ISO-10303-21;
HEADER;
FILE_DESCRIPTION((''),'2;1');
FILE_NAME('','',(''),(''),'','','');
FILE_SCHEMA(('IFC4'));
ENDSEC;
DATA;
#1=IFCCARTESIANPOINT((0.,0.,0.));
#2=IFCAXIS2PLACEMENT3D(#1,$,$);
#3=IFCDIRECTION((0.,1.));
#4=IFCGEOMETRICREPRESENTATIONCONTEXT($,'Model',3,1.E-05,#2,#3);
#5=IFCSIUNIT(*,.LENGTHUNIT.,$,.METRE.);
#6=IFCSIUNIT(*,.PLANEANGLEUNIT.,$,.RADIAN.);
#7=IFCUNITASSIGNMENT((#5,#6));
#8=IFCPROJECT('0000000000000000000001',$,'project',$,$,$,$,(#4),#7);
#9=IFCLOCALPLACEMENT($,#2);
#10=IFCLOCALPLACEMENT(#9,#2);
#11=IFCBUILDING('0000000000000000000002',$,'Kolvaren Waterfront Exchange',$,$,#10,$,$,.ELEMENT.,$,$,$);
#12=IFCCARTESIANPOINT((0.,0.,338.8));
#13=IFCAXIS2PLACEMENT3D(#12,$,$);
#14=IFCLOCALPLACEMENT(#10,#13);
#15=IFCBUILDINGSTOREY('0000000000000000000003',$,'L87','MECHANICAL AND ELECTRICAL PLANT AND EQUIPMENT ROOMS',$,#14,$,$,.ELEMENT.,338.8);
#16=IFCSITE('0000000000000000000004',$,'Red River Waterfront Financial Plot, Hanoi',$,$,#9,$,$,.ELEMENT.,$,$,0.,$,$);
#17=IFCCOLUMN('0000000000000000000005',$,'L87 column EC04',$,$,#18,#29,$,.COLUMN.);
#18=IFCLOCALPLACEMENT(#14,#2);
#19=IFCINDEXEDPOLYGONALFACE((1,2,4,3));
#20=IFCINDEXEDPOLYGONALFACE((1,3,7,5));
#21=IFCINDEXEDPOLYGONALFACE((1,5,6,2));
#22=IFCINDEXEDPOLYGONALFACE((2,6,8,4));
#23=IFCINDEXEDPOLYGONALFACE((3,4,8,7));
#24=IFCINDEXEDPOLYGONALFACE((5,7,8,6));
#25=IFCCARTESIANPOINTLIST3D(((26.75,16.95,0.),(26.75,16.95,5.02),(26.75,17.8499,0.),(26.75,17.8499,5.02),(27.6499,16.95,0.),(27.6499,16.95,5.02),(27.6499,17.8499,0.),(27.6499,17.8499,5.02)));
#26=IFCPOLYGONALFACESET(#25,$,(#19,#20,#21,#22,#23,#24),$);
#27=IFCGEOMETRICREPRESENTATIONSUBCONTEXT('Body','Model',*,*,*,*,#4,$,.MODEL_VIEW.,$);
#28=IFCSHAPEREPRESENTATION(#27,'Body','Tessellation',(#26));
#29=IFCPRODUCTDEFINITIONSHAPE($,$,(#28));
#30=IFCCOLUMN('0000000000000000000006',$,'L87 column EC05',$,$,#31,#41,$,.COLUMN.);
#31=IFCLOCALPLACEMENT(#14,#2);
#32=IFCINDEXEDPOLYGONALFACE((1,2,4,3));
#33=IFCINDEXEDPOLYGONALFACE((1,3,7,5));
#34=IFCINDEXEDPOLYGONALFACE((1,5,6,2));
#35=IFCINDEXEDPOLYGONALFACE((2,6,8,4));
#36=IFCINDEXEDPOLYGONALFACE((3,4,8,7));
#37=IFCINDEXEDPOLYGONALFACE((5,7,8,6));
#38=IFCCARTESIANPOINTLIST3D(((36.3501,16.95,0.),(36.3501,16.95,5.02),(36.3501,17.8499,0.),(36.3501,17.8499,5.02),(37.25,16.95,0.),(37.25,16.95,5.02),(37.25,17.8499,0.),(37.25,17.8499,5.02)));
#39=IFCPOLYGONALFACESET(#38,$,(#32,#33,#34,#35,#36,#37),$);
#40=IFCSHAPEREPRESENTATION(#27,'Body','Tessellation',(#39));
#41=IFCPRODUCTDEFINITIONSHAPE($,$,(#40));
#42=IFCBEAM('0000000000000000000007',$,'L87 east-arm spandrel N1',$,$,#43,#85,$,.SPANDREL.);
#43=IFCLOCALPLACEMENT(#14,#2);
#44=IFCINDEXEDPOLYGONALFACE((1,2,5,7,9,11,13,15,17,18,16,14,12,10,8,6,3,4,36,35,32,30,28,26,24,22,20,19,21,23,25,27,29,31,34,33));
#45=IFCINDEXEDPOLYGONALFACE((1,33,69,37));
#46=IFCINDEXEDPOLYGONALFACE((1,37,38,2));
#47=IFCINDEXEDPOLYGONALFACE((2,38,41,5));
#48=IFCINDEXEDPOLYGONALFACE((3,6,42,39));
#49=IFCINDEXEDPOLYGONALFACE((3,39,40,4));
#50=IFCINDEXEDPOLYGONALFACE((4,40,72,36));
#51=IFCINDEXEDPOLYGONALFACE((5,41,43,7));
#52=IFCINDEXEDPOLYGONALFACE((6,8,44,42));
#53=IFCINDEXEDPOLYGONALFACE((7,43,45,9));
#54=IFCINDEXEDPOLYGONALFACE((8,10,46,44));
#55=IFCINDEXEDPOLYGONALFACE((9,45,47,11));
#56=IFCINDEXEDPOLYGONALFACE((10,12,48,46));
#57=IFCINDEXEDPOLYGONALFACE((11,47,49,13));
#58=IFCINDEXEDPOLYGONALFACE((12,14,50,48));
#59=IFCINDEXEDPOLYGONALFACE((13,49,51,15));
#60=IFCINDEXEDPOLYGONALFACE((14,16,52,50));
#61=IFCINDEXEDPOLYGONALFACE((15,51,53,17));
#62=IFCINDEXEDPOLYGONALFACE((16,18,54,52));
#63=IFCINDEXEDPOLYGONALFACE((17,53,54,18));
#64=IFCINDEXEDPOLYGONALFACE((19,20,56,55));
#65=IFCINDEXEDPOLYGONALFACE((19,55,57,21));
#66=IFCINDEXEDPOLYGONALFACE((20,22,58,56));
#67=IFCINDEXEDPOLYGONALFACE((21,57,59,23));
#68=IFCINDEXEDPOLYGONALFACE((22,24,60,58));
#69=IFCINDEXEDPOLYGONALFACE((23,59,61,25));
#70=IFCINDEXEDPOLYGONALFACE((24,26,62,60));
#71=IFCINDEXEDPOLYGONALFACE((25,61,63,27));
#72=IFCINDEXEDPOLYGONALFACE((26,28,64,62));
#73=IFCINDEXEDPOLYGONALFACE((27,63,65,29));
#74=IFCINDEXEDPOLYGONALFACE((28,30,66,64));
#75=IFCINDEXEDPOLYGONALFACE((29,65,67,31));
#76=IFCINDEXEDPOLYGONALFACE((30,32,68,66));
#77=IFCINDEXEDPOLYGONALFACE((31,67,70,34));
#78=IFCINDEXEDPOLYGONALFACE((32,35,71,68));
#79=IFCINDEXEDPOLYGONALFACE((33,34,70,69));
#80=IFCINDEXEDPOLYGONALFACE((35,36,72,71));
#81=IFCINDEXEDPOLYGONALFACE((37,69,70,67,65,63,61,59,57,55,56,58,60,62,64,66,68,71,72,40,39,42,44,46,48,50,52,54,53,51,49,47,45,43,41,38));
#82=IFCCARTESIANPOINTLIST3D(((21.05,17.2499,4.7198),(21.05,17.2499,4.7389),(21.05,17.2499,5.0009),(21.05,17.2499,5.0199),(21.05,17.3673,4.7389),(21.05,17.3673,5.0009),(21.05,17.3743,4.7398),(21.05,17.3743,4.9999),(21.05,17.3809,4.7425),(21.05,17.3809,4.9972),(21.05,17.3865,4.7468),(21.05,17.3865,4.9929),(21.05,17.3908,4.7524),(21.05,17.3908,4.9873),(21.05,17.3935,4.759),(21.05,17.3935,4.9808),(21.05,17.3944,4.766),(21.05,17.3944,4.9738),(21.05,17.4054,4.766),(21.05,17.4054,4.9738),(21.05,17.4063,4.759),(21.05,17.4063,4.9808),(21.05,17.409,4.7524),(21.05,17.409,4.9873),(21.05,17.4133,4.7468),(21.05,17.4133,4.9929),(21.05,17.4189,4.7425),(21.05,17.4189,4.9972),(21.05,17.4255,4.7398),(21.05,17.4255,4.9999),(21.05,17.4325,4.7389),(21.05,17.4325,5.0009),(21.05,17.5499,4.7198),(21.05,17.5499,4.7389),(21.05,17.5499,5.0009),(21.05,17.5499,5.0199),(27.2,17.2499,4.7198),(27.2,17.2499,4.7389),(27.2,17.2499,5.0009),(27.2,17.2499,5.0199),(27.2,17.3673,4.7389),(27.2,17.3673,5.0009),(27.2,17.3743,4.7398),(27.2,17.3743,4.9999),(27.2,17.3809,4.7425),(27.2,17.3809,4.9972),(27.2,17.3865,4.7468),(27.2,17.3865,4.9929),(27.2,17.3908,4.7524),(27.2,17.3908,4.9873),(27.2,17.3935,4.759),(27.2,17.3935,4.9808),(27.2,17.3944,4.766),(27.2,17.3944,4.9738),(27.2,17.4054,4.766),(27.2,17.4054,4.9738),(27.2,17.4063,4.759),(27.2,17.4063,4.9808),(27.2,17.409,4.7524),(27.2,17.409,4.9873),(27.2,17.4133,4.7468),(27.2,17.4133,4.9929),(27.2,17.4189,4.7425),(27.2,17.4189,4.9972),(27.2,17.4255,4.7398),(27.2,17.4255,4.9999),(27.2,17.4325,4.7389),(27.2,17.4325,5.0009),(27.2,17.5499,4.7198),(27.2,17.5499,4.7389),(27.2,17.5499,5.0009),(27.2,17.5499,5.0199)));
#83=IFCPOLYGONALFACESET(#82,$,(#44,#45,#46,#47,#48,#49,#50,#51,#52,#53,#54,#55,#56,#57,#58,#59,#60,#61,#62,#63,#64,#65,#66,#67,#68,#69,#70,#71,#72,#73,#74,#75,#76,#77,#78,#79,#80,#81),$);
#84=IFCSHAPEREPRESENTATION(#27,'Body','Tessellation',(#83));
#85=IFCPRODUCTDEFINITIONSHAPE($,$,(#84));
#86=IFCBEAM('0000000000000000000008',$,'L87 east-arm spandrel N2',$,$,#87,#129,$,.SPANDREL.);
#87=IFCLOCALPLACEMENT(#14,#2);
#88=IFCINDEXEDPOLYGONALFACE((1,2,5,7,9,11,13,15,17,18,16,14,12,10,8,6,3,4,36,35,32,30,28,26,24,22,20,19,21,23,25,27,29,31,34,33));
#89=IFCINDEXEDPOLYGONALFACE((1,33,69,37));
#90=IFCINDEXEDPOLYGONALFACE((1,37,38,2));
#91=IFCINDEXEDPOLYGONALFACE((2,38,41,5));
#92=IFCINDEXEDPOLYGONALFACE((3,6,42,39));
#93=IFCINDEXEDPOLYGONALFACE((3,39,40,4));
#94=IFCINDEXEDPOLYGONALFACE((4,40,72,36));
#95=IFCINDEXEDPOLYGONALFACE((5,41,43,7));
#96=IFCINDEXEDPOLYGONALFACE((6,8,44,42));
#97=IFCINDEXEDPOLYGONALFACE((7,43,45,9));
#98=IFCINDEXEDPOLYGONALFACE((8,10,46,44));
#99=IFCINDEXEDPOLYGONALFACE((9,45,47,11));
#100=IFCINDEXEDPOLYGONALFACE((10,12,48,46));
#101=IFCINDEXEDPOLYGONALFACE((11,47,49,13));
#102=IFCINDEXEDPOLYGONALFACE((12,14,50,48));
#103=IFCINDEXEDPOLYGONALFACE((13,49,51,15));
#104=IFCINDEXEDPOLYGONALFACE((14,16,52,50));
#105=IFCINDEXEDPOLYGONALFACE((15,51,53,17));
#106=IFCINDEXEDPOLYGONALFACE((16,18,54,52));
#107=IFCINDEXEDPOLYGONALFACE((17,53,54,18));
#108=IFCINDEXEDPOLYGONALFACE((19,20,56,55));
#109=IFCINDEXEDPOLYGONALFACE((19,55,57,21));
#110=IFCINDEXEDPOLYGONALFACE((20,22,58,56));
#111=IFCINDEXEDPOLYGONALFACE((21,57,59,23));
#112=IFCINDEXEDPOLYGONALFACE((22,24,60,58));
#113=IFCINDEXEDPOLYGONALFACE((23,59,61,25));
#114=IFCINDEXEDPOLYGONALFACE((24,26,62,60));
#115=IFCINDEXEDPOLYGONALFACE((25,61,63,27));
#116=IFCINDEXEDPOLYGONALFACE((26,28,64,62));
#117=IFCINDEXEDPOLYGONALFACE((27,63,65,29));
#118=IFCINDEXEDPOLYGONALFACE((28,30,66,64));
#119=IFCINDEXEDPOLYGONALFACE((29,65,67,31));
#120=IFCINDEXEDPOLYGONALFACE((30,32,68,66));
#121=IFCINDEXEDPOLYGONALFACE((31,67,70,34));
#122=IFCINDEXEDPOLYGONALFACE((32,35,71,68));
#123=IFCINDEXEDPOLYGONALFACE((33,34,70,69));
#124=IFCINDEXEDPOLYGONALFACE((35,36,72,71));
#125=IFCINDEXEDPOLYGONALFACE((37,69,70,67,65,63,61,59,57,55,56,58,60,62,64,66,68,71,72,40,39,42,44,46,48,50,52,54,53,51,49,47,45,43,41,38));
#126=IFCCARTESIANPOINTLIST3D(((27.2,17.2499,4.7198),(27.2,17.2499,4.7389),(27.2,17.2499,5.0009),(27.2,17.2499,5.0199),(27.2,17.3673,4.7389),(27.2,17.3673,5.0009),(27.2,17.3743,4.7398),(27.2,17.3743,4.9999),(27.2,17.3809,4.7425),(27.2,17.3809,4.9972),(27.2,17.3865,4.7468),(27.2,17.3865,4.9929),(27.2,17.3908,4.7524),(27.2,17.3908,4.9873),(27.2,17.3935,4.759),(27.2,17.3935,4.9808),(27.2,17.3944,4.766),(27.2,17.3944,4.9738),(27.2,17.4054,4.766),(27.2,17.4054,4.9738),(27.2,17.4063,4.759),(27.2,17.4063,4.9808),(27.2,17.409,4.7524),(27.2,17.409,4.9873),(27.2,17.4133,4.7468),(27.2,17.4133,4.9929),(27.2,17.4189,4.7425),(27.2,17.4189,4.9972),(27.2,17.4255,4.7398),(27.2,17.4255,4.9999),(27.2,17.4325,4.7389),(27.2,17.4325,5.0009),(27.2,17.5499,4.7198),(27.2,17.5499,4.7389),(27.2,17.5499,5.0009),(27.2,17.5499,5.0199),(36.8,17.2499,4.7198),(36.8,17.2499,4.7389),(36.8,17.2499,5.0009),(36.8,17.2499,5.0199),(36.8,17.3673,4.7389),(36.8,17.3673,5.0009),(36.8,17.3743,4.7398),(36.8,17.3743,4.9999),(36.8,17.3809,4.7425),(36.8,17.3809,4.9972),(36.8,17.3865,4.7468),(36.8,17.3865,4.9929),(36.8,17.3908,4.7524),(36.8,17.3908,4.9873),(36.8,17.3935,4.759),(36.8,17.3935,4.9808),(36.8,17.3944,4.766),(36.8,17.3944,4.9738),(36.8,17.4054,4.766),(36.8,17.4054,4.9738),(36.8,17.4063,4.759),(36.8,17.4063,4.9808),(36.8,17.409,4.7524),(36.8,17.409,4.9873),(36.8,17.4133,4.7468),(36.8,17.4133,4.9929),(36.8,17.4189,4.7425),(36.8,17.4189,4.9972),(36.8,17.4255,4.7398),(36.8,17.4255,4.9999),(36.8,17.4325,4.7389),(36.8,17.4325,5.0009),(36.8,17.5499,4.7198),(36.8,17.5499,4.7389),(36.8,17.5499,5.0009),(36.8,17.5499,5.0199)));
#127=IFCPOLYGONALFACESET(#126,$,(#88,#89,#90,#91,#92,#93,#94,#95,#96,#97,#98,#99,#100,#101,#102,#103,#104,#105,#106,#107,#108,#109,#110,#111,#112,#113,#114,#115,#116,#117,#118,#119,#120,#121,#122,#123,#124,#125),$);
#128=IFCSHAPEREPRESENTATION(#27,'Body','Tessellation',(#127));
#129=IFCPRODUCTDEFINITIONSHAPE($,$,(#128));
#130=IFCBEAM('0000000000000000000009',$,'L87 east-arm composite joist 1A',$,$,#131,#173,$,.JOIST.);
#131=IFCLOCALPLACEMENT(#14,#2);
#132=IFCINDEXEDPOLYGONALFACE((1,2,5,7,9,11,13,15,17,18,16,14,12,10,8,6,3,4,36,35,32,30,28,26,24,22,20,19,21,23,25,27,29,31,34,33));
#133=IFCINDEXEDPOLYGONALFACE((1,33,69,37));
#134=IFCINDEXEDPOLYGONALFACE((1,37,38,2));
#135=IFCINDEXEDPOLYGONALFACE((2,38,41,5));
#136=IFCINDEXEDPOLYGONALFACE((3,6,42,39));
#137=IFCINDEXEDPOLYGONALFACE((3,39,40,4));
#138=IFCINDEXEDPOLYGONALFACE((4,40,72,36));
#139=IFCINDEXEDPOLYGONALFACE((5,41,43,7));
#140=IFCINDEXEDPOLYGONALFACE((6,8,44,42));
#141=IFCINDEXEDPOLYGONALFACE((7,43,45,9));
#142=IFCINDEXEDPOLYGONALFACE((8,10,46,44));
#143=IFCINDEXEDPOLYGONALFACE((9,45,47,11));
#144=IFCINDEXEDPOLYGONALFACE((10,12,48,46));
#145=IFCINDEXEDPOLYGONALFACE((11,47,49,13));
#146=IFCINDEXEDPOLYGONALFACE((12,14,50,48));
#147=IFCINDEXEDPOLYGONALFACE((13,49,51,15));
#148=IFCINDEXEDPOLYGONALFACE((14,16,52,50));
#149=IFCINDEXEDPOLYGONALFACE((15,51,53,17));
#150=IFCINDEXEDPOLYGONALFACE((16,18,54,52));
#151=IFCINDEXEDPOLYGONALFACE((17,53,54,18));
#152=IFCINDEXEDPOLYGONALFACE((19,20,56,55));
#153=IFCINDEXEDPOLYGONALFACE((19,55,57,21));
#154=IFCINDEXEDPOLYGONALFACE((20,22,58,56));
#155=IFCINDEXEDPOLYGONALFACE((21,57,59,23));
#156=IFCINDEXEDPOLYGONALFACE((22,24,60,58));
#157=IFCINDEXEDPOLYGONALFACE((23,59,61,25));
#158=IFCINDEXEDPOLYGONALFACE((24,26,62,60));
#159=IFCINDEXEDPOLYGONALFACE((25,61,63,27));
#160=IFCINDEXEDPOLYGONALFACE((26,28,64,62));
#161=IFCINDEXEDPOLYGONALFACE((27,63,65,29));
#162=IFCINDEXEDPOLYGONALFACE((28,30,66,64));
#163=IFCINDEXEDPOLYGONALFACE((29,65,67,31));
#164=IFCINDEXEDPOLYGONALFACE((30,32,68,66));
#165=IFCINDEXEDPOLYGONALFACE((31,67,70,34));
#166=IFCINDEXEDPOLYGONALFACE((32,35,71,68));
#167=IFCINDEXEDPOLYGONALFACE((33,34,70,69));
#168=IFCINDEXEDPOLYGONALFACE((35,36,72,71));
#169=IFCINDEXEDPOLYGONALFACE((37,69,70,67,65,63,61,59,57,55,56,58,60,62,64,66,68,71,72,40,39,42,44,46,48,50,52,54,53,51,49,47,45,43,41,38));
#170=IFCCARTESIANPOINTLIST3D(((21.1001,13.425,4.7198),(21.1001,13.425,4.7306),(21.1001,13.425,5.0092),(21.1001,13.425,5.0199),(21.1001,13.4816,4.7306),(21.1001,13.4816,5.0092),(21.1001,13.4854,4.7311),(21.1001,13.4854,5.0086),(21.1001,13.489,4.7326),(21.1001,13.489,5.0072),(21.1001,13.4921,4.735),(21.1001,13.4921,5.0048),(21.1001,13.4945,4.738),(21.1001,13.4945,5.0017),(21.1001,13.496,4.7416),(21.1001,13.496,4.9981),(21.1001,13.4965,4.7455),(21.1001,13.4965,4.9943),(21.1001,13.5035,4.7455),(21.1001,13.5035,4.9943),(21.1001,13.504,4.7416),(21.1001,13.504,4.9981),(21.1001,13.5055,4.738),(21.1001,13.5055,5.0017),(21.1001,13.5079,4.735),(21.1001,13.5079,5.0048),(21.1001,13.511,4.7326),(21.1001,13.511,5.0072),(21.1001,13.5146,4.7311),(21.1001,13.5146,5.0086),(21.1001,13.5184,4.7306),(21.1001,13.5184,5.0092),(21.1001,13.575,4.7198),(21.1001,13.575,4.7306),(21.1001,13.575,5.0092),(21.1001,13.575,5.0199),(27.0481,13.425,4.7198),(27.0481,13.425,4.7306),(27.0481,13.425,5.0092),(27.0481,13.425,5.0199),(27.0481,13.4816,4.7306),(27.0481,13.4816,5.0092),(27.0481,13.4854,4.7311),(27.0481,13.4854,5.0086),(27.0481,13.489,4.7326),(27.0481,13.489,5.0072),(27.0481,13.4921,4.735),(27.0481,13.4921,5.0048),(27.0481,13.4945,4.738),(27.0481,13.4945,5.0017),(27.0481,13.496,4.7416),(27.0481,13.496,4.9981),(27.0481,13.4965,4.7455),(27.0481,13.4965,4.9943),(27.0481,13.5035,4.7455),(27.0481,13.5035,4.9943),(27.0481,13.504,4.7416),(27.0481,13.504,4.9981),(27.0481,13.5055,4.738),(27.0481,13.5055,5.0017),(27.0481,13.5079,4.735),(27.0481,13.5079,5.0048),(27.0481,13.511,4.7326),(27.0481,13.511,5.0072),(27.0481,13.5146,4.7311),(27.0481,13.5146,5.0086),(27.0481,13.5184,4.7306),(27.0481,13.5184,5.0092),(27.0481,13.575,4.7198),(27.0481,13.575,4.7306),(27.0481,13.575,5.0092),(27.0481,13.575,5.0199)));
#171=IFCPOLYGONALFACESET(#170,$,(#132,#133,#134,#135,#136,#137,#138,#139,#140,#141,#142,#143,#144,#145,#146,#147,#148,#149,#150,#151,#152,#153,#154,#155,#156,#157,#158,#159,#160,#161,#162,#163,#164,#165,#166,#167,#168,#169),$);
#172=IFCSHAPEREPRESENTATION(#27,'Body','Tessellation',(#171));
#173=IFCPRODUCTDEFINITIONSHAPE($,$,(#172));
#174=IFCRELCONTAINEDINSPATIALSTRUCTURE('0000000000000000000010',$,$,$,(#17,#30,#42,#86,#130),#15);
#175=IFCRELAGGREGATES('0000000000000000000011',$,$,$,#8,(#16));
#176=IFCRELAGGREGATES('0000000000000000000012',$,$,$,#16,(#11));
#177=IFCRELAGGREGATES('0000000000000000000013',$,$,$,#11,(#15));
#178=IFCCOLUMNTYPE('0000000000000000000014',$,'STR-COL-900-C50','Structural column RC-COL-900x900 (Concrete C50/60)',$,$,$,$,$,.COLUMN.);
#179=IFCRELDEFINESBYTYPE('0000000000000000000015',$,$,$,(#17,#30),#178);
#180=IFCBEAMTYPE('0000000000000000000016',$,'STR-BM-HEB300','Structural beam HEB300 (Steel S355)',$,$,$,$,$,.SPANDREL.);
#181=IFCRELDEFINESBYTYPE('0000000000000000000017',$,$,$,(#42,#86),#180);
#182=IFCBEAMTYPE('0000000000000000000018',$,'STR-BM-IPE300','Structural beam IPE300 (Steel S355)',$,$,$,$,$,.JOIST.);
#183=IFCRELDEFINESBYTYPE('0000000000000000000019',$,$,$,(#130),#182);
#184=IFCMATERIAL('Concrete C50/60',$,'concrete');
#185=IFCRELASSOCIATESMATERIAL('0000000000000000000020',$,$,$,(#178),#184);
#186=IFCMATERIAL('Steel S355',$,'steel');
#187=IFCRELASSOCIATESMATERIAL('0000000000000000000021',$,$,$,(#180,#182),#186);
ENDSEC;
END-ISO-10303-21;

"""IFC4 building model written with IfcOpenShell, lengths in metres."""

from ifc_helpers import new_model, si_unit, direction, frame, origin, origin_2d, place, context, subcontext, project, spatial, rectangle, i_section, extrude, material, material_profile, profile_set, type_object, element, save


model = new_model("IFC4")

# Units and contexts
model_context = context("Model", 3, precision=1e-05, world=origin(), true_north=direction((0.0, 1.0)))
body_context = subcontext(model_context, "Body", "Model", "MODEL_VIEW")
ifc_project = project(units=[si_unit("LENGTHUNIT", "METRE"), si_unit("PLANEANGLEUNIT", "RADIAN")], contexts=[model_context])

# Site, building, storey
site_placement = place(None, origin())
site = spatial("IfcSite", under=ifc_project, at=site_placement, Name="Red River Waterfront Financial Plot, Hanoi", CompositionType="ELEMENT", RefElevation=0.0)
building_placement = place(site_placement, origin())
building = spatial("IfcBuilding", under=site, at=building_placement, Name="Kolvaren Waterfront Exchange", CompositionType="ELEMENT")
storey_placement = place(building_placement, frame((0.0, 0.0, 338.8)))
storey = spatial("IfcBuildingStorey", under=building, at=storey_placement, Name="L87", Description="MECHANICAL AND ELECTRICAL PLANT AND EQUIPMENT ROOMS", CompositionType="ELEMENT", Elevation=338.8)

# Columns
ifc_material_1 = material(Name="Concrete C50/60", Category="concrete")
ifc_material_profile_1 = material_profile(ifc_material_1, rectangle(XDim=0.8999, YDim=0.8999, at=origin_2d()), Name="RC-COL-900x900")
ifc_profile_set_1 = profile_set([ifc_material_profile_1], Name="Concrete C50/60")
column_type = type_object("IfcColumnType", Name="STR-COL-900-C50", Description="Structural column RC-COL-900x900 (Concrete C50/60)", PredefinedType="COLUMN", material=ifc_profile_set_1)
for number, where, z_axis, x_axis, name in (
    (1, (27.2, 17.3999, 0.0), (0.0, 0.0, 1.0), (1.0, 0.0, 0.0), "L87 column EC04"),
    (2, (36.8, 17.3999, 0.0), (0.0, 0.0, 1.0), (1.0, 0.0, 0.0), "L87 column EC05"),
):
    element("IfcColumn", number, at=place(storey_placement, frame(where, z_axis=z_axis, x_axis=x_axis)), inside=storey, type_object=column_type, Name=name, PredefinedType="COLUMN", context=body_context, shape_type="SweptSolid", body=[
        extrude(rectangle(XDim=0.8999, YDim=0.8999, at=origin_2d()), origin(), (0.0, 0.0, 1.0), 5.02),
    ])

# Beams
ifc_material_2 = material(Name="Steel S355", Category="steel")
ifc_material_profile_2 = material_profile(ifc_material_2, i_section(OverallWidth=0.3, OverallDepth=0.3, WebThickness=0.011, FlangeThickness=0.019, FilletRadius=0.0271, at=origin_2d()), Name="HEB300")
ifc_profile_set_2 = profile_set([ifc_material_profile_2], Name="Steel S355")
beam_type_1 = type_object("IfcBeamType", Name="STR-BM-HEB300", Description="Structural beam HEB300 (Steel S355)", PredefinedType="SPANDREL", material=ifc_profile_set_2)
beam_1_placement = place(storey_placement, frame((21.05, 17.3999, 4.8699), z_axis=(1.0, 0.0, 0.0), x_axis=(0.0, 1.0, 0.0)))
element("IfcBeam", 3, at=beam_1_placement, inside=storey, type_object=beam_type_1, Name="L87 east-arm spandrel N1", PredefinedType="SPANDREL", context=body_context, shape_type="SweptSolid", body=[
    extrude(i_section(OverallWidth=0.3, OverallDepth=0.3, WebThickness=0.011, FlangeThickness=0.019, FilletRadius=0.0271, at=origin_2d()), origin(), (0.0, 0.0, 1.0), 6.1499),
])
beam_2_placement = place(storey_placement, frame((27.2, 17.3999, 4.8699), z_axis=(1.0, 0.0, 0.0), x_axis=(0.0, 1.0, 0.0)))
element("IfcBeam", 4, at=beam_2_placement, inside=storey, type_object=beam_type_1, Name="L87 east-arm spandrel N2", PredefinedType="SPANDREL", context=body_context, shape_type="SweptSolid", body=[
    extrude(i_section(OverallWidth=0.3, OverallDepth=0.3, WebThickness=0.011, FlangeThickness=0.019, FilletRadius=0.0271, at=origin_2d()), origin(), (0.0, 0.0, 1.0), 9.6001),
])
ifc_material_profile_3 = material_profile(ifc_material_2, i_section(OverallWidth=0.1499, OverallDepth=0.3, WebThickness=0.0071, FlangeThickness=0.0107, FilletRadius=0.0149, at=origin_2d()), Name="IPE300")
ifc_profile_set_3 = profile_set([ifc_material_profile_3], Name="Steel S355")
beam_type_2 = type_object("IfcBeamType", Name="STR-BM-IPE300", Description="Structural beam IPE300 (Steel S355)", PredefinedType="JOIST", material=ifc_profile_set_3)
for number, where, z_axis, x_axis, name in (
    (5, (21.1001, 13.5, 4.8699), (1.0, 0.0, 0.0), (0.0, 1.0, 0.0), "L87 east-arm composite joist 1A"),
):
    element("IfcBeam", number, at=place(storey_placement, frame(where, z_axis=z_axis, x_axis=x_axis)), inside=storey, type_object=beam_type_2, Name=name, PredefinedType="JOIST", context=body_context, shape_type="SweptSolid", body=[
        extrude(i_section(OverallWidth=0.1499, OverallDepth=0.3, WebThickness=0.0071, FlangeThickness=0.0107, FilletRadius=0.0149, at=origin_2d()), origin(), (0.0, 0.0, 1.0), 5.948),
    ])

save(model, "model.ifc")
